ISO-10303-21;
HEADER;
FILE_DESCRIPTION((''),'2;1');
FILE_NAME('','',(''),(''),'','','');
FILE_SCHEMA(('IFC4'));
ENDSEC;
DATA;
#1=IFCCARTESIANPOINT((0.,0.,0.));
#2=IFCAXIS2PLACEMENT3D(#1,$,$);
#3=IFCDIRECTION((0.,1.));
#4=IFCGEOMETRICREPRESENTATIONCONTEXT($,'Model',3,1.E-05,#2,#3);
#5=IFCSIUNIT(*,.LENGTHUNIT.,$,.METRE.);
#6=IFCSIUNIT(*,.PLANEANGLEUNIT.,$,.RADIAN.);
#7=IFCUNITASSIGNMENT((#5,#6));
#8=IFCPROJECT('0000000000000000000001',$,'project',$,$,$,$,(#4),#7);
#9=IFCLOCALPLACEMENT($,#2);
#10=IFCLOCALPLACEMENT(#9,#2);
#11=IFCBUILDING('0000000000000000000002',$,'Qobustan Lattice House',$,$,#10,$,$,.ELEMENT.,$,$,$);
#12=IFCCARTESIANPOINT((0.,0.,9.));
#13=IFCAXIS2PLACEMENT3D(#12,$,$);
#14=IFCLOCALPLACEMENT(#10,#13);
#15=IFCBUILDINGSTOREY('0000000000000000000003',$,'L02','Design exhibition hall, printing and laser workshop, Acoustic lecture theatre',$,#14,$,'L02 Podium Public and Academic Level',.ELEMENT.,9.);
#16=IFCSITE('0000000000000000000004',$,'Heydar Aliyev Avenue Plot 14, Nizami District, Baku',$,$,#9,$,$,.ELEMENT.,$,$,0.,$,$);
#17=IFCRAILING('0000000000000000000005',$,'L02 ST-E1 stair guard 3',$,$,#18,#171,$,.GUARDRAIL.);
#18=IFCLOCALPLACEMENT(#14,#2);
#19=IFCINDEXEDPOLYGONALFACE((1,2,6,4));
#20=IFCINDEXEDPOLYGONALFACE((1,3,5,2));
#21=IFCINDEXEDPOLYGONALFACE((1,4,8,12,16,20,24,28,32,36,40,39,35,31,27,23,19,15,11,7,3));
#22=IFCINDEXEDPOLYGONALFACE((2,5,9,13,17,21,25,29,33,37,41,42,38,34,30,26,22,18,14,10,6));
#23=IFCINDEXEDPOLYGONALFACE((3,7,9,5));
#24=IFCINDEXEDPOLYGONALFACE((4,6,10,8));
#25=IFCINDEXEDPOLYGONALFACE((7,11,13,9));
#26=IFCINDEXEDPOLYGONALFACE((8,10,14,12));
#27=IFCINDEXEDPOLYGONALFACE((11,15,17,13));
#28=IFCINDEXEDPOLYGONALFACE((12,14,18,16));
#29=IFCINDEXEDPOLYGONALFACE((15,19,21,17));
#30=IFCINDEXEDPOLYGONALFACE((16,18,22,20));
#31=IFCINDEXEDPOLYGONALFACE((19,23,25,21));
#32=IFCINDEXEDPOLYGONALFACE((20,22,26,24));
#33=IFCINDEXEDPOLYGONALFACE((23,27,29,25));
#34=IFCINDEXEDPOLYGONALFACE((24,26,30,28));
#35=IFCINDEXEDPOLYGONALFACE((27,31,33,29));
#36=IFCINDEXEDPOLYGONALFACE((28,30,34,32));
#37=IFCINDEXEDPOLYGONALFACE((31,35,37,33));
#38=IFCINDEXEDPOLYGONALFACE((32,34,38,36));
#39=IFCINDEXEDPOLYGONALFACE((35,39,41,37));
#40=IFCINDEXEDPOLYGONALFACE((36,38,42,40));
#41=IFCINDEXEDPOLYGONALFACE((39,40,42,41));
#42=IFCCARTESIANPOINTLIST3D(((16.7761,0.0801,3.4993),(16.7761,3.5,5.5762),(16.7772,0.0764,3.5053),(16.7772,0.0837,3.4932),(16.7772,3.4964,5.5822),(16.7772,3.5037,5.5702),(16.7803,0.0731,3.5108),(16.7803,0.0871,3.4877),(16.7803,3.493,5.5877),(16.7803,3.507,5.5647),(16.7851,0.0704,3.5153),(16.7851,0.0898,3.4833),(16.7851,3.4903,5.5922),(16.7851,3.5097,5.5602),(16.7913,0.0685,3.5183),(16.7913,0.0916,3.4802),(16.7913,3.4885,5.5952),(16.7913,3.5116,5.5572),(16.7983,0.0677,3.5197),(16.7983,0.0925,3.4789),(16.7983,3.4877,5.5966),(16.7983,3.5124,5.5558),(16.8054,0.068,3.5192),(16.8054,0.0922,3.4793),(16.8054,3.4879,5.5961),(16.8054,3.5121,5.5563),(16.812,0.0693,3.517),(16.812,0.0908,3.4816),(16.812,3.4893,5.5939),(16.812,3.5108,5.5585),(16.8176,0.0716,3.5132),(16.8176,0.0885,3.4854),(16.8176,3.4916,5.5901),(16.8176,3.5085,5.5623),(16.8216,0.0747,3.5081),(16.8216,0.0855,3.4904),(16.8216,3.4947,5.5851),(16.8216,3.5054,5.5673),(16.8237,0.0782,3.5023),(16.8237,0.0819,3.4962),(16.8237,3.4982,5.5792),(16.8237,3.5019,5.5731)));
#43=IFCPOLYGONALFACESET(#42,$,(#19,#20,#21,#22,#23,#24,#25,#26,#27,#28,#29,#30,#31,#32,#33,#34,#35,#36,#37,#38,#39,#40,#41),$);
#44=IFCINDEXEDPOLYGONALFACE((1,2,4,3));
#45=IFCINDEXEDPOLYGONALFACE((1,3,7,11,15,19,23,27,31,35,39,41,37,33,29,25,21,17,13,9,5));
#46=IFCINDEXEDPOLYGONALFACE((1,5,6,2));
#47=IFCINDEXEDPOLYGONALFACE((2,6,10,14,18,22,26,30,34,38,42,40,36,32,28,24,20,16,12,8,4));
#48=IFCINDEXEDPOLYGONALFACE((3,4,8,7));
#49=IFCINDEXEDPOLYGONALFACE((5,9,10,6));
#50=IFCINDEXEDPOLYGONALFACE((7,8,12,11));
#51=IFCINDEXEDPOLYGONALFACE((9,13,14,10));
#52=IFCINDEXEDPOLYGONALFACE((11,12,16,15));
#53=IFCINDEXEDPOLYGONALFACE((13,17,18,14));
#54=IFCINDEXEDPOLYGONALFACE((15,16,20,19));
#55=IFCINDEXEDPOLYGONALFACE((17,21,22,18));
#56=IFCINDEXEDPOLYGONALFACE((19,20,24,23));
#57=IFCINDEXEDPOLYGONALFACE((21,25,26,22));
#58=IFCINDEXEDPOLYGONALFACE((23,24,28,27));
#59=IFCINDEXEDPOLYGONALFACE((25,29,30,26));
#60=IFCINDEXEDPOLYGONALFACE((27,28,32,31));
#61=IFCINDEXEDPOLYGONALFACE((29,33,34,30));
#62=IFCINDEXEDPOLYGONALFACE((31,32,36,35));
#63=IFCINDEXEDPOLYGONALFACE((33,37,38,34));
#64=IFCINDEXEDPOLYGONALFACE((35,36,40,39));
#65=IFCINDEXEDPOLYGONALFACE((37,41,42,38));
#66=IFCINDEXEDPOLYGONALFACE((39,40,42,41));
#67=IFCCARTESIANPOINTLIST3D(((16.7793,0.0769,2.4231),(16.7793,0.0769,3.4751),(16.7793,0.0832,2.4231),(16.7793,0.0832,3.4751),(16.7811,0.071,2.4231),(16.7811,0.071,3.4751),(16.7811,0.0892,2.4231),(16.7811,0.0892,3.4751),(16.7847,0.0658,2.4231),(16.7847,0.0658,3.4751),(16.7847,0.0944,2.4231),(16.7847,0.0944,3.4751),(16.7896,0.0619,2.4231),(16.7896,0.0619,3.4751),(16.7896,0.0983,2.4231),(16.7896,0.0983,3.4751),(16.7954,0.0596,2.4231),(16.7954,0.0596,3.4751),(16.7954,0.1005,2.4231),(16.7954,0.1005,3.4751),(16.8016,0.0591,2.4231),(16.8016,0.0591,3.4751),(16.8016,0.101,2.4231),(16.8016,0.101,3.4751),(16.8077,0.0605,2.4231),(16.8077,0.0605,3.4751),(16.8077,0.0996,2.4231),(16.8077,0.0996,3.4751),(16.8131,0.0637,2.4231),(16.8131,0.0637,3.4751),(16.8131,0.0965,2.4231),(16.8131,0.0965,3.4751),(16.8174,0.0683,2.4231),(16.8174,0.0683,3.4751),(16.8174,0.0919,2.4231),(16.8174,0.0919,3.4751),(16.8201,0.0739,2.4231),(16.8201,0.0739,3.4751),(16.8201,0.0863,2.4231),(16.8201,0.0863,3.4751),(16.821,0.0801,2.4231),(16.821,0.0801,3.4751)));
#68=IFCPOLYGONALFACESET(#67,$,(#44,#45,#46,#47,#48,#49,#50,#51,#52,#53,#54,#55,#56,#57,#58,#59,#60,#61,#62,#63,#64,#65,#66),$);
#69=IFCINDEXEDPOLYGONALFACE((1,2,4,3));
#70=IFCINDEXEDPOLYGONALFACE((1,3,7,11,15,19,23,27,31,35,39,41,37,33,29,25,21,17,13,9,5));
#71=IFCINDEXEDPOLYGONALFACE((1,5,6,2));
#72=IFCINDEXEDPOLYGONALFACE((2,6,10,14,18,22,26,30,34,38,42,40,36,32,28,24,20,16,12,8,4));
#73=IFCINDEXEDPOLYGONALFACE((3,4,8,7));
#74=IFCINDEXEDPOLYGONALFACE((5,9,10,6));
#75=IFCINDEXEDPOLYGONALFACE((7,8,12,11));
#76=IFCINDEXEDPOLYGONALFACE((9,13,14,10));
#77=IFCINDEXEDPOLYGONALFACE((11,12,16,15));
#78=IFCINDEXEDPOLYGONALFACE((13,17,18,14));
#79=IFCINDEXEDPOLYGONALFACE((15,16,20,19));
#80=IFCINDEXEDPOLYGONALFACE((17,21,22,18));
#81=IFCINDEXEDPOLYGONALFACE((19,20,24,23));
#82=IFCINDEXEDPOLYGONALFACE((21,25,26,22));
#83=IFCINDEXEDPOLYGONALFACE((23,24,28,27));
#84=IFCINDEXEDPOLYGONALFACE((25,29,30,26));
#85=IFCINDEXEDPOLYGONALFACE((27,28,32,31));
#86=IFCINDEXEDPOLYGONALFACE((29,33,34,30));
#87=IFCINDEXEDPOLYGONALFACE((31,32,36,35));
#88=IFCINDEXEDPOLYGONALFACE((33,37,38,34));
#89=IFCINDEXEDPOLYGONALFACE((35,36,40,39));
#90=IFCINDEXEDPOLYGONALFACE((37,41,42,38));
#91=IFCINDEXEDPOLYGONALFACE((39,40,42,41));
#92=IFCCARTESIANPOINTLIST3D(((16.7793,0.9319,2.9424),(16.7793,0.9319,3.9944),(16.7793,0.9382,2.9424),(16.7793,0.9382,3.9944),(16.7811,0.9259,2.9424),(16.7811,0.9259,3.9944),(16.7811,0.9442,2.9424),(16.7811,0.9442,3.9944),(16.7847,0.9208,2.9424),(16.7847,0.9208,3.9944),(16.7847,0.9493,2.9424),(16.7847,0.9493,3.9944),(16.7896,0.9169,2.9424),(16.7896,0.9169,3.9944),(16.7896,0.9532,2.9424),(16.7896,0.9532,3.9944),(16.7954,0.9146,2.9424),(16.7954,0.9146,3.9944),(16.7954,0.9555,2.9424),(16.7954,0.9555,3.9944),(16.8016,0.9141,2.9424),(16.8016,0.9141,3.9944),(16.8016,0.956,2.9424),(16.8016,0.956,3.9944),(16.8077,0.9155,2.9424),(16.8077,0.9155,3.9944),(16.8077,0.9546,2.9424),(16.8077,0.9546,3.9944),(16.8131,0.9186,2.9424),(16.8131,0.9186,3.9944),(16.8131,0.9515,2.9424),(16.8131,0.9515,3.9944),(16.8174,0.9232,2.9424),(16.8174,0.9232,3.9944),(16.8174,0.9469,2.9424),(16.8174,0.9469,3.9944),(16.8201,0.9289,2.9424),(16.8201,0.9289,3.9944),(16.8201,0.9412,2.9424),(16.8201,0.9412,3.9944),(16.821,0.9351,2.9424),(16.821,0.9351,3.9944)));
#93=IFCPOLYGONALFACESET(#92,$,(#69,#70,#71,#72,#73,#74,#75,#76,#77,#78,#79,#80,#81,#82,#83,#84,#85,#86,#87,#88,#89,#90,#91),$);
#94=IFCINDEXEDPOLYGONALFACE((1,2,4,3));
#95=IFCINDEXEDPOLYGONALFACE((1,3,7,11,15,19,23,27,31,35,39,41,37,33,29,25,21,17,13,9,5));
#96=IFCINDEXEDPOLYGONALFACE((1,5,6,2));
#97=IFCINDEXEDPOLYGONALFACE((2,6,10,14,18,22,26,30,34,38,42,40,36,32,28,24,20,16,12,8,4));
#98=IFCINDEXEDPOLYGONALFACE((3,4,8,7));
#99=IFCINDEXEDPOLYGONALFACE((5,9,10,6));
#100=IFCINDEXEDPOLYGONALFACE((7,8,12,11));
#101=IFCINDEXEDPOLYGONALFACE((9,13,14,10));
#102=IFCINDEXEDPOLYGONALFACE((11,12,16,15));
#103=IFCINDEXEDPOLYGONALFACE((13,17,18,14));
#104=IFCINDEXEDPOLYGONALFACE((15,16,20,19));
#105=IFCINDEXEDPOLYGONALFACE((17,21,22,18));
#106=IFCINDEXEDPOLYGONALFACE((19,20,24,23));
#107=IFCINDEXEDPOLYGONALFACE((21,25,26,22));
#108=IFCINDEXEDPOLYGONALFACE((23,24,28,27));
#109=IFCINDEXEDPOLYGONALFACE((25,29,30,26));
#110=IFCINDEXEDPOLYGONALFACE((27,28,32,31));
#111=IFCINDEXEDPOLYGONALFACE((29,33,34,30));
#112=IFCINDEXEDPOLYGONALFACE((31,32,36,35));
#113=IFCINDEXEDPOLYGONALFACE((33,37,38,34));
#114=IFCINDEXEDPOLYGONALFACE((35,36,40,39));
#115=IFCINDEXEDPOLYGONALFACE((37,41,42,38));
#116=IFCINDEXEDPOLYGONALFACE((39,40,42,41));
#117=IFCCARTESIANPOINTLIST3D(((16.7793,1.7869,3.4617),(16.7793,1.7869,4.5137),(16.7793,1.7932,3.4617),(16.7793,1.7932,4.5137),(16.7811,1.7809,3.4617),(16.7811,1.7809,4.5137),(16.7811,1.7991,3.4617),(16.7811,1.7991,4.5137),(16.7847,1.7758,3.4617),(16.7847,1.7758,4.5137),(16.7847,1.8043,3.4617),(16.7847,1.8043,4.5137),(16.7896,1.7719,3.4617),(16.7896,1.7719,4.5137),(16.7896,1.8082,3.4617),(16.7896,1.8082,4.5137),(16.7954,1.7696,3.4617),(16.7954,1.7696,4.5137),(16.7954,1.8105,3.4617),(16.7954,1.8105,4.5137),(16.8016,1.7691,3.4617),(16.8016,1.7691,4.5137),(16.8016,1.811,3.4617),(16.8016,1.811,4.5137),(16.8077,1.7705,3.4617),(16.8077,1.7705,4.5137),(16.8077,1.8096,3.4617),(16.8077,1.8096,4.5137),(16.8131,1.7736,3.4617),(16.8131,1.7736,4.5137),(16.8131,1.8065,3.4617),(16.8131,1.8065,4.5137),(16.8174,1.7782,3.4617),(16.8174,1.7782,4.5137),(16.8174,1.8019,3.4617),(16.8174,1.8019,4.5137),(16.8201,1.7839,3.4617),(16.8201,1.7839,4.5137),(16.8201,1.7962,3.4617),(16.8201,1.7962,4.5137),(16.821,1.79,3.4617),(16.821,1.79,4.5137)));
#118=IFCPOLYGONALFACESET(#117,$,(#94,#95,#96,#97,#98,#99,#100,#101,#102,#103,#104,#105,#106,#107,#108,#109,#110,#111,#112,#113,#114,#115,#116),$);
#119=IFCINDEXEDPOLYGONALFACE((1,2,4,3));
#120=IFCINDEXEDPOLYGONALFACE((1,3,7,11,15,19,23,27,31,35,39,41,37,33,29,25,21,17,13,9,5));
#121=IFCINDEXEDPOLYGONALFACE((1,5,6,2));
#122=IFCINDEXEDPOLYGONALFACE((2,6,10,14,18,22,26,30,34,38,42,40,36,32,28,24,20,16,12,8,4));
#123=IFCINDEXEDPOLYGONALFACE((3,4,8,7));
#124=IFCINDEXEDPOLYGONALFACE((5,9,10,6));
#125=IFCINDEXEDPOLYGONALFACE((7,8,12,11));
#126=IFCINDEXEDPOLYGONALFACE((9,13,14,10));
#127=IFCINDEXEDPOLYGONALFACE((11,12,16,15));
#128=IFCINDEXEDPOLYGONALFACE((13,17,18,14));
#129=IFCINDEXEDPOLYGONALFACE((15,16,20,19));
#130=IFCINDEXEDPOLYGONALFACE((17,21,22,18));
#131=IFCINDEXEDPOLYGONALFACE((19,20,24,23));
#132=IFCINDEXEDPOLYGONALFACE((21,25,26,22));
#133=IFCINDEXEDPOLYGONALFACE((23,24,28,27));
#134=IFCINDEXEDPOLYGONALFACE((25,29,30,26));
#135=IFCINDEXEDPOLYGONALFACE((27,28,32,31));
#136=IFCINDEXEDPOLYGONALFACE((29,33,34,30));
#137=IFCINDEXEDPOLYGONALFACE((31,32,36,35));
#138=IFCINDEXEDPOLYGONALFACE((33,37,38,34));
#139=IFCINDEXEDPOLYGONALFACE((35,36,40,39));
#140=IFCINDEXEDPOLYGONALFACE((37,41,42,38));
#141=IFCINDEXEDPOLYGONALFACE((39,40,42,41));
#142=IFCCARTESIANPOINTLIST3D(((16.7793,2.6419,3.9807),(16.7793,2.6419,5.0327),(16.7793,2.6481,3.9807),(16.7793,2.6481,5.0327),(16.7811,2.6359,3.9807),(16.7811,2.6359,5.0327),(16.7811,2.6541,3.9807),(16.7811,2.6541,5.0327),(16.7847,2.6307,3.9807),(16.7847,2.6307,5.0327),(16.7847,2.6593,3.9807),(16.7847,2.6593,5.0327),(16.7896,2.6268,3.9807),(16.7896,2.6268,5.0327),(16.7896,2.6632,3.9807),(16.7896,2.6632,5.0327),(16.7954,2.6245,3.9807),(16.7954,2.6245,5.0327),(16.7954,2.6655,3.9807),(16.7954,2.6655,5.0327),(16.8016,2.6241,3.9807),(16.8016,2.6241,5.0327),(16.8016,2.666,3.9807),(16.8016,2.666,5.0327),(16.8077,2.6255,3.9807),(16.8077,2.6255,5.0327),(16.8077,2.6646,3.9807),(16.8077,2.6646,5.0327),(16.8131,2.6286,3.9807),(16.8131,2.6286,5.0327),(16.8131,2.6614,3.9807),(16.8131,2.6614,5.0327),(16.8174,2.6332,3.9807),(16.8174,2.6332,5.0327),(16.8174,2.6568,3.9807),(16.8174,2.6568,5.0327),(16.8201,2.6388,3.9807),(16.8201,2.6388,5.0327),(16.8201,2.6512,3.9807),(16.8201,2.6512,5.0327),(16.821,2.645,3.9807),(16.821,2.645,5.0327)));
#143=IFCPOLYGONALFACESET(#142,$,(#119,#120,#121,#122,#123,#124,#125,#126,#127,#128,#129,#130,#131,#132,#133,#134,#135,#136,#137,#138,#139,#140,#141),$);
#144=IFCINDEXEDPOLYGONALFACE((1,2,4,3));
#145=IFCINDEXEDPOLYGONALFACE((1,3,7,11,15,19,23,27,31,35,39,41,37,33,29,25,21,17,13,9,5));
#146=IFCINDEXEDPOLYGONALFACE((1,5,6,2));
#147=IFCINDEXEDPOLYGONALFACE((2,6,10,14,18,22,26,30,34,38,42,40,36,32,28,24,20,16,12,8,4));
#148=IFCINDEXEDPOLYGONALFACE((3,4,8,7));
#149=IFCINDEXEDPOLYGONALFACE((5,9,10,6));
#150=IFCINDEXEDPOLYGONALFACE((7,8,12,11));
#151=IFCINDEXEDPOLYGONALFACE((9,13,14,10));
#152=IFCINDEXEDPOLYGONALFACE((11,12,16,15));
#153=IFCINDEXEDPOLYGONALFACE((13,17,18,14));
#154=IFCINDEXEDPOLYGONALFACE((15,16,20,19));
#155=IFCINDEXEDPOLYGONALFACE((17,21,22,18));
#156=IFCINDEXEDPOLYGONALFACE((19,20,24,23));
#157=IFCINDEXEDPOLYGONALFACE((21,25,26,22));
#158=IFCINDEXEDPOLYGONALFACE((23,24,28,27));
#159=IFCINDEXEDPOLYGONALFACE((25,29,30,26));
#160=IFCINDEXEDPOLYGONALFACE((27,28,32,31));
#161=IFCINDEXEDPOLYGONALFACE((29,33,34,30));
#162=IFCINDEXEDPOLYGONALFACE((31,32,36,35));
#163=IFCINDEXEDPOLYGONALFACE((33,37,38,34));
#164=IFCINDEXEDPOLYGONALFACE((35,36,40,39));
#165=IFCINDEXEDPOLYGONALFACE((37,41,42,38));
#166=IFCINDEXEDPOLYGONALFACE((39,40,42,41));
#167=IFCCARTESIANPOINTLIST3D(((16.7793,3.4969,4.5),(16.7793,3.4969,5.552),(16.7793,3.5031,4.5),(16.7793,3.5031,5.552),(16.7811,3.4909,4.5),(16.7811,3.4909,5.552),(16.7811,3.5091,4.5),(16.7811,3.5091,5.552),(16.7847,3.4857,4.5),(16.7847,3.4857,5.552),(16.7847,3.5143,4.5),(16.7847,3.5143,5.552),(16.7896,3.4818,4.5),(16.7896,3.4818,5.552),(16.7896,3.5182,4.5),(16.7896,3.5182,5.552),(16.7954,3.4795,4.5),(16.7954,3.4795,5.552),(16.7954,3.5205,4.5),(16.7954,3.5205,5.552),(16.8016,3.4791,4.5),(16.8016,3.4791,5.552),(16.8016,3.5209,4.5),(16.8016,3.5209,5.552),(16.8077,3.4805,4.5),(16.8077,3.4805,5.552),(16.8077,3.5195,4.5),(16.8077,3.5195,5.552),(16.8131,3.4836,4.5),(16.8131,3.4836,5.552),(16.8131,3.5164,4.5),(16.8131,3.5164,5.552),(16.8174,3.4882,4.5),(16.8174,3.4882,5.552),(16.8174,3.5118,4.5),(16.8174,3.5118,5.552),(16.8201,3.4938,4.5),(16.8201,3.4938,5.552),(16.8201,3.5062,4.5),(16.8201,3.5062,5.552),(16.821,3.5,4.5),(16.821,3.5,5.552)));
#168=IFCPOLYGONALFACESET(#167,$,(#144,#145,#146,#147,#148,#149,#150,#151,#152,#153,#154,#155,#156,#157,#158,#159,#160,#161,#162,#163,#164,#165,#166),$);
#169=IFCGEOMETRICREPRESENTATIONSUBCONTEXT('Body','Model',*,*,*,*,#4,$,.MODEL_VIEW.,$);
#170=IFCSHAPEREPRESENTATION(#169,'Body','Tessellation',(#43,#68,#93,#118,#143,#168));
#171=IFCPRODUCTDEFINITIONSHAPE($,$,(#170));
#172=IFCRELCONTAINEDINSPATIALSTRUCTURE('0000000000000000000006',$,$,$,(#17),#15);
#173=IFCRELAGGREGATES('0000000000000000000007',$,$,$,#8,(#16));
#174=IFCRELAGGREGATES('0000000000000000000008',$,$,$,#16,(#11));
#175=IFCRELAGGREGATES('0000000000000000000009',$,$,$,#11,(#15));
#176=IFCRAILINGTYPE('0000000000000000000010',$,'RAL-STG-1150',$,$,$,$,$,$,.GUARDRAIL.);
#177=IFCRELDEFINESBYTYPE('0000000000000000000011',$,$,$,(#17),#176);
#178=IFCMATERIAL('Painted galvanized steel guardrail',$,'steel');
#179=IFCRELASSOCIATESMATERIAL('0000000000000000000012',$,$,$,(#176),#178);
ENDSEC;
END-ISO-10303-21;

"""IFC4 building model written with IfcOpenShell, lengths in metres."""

from ifc_helpers import new_model, si_unit, direction, frame, origin, origin_2d, place, context, subcontext, project, spatial, circle, extrude, material, type_object, element, save


model = new_model("IFC4")

# Units and contexts
model_context = context("Model", 3, precision=1e-05, world=origin(), true_north=direction((0.0, 1.0)))
body_context = subcontext(model_context, "Body", "Model", "MODEL_VIEW")
ifc_project = project(units=[si_unit("LENGTHUNIT", "METRE"), si_unit("PLANEANGLEUNIT", "RADIAN")], contexts=[model_context])

# Site, building, storey
site_placement = place(None, origin())
site = spatial("IfcSite", under=ifc_project, at=site_placement, Name="Heydar Aliyev Avenue Plot 14, Nizami District, Baku", CompositionType="ELEMENT", RefElevation=0.0)
building_placement = place(site_placement, origin())
building = spatial("IfcBuilding", under=site, at=building_placement, Name="Qobustan Lattice House", CompositionType="ELEMENT")
storey_placement = place(building_placement, frame((0.0, 0.0, 9.0)))
storey = spatial("IfcBuildingStorey", under=building, at=storey_placement, Name="L02", Description="Design exhibition hall, printing and laser workshop, Acoustic lecture theatre", LongName="L02 Podium Public and Academic Level", CompositionType="ELEMENT", Elevation=9.0)

# Railing
ifc_material_1 = material(Name="Painted galvanized steel guardrail", Category="steel")
railing_type_1 = type_object("IfcRailingType", Name="RAL-STG-1150", PredefinedType="GUARDRAIL", material=ifc_material_1)
railing_1_placement = place(storey_placement, frame((16.8, 0.0801, 2.4231)))
element("IfcRailing", 1, at=railing_1_placement, inside=storey, type_object=railing_type_1, Name="L02 ST-E1 stair guard 3", PredefinedType="GUARDRAIL", context=body_context, shape_type="SweptSolid", body=[
    extrude(circle(Radius=0.0239, at=origin_2d()), frame((0.0, 0.0, 1.0762), z_axis=(0.0, 0.85473, 0.519074), x_axis=(-1.0, 0.0, 0.0)), (0.0, 0.0, 1.0), 4.0012),
    extrude(circle(Radius=0.021, at=origin_2d()), origin(), (0.0, 0.0, 1.0), 1.052),
    extrude(circle(Radius=0.021, at=origin_2d()), frame((0.0, 0.855, 0.5193)), (0.0, 0.0, 1.0), 1.052),
    extrude(circle(Radius=0.021, at=origin_2d()), frame((0.0, 1.71, 1.0386)), (0.0, 0.0, 1.0), 1.052),
    extrude(circle(Radius=0.021, at=origin_2d()), frame((0.0, 2.5649, 1.5576)), (0.0, 0.0, 1.0), 1.052),
    extrude(circle(Radius=0.021, at=origin_2d()), frame((0.0, 3.4199, 2.0769)), (0.0, 0.0, 1.0), 1.052),
])

save(model, "model.ifc")
